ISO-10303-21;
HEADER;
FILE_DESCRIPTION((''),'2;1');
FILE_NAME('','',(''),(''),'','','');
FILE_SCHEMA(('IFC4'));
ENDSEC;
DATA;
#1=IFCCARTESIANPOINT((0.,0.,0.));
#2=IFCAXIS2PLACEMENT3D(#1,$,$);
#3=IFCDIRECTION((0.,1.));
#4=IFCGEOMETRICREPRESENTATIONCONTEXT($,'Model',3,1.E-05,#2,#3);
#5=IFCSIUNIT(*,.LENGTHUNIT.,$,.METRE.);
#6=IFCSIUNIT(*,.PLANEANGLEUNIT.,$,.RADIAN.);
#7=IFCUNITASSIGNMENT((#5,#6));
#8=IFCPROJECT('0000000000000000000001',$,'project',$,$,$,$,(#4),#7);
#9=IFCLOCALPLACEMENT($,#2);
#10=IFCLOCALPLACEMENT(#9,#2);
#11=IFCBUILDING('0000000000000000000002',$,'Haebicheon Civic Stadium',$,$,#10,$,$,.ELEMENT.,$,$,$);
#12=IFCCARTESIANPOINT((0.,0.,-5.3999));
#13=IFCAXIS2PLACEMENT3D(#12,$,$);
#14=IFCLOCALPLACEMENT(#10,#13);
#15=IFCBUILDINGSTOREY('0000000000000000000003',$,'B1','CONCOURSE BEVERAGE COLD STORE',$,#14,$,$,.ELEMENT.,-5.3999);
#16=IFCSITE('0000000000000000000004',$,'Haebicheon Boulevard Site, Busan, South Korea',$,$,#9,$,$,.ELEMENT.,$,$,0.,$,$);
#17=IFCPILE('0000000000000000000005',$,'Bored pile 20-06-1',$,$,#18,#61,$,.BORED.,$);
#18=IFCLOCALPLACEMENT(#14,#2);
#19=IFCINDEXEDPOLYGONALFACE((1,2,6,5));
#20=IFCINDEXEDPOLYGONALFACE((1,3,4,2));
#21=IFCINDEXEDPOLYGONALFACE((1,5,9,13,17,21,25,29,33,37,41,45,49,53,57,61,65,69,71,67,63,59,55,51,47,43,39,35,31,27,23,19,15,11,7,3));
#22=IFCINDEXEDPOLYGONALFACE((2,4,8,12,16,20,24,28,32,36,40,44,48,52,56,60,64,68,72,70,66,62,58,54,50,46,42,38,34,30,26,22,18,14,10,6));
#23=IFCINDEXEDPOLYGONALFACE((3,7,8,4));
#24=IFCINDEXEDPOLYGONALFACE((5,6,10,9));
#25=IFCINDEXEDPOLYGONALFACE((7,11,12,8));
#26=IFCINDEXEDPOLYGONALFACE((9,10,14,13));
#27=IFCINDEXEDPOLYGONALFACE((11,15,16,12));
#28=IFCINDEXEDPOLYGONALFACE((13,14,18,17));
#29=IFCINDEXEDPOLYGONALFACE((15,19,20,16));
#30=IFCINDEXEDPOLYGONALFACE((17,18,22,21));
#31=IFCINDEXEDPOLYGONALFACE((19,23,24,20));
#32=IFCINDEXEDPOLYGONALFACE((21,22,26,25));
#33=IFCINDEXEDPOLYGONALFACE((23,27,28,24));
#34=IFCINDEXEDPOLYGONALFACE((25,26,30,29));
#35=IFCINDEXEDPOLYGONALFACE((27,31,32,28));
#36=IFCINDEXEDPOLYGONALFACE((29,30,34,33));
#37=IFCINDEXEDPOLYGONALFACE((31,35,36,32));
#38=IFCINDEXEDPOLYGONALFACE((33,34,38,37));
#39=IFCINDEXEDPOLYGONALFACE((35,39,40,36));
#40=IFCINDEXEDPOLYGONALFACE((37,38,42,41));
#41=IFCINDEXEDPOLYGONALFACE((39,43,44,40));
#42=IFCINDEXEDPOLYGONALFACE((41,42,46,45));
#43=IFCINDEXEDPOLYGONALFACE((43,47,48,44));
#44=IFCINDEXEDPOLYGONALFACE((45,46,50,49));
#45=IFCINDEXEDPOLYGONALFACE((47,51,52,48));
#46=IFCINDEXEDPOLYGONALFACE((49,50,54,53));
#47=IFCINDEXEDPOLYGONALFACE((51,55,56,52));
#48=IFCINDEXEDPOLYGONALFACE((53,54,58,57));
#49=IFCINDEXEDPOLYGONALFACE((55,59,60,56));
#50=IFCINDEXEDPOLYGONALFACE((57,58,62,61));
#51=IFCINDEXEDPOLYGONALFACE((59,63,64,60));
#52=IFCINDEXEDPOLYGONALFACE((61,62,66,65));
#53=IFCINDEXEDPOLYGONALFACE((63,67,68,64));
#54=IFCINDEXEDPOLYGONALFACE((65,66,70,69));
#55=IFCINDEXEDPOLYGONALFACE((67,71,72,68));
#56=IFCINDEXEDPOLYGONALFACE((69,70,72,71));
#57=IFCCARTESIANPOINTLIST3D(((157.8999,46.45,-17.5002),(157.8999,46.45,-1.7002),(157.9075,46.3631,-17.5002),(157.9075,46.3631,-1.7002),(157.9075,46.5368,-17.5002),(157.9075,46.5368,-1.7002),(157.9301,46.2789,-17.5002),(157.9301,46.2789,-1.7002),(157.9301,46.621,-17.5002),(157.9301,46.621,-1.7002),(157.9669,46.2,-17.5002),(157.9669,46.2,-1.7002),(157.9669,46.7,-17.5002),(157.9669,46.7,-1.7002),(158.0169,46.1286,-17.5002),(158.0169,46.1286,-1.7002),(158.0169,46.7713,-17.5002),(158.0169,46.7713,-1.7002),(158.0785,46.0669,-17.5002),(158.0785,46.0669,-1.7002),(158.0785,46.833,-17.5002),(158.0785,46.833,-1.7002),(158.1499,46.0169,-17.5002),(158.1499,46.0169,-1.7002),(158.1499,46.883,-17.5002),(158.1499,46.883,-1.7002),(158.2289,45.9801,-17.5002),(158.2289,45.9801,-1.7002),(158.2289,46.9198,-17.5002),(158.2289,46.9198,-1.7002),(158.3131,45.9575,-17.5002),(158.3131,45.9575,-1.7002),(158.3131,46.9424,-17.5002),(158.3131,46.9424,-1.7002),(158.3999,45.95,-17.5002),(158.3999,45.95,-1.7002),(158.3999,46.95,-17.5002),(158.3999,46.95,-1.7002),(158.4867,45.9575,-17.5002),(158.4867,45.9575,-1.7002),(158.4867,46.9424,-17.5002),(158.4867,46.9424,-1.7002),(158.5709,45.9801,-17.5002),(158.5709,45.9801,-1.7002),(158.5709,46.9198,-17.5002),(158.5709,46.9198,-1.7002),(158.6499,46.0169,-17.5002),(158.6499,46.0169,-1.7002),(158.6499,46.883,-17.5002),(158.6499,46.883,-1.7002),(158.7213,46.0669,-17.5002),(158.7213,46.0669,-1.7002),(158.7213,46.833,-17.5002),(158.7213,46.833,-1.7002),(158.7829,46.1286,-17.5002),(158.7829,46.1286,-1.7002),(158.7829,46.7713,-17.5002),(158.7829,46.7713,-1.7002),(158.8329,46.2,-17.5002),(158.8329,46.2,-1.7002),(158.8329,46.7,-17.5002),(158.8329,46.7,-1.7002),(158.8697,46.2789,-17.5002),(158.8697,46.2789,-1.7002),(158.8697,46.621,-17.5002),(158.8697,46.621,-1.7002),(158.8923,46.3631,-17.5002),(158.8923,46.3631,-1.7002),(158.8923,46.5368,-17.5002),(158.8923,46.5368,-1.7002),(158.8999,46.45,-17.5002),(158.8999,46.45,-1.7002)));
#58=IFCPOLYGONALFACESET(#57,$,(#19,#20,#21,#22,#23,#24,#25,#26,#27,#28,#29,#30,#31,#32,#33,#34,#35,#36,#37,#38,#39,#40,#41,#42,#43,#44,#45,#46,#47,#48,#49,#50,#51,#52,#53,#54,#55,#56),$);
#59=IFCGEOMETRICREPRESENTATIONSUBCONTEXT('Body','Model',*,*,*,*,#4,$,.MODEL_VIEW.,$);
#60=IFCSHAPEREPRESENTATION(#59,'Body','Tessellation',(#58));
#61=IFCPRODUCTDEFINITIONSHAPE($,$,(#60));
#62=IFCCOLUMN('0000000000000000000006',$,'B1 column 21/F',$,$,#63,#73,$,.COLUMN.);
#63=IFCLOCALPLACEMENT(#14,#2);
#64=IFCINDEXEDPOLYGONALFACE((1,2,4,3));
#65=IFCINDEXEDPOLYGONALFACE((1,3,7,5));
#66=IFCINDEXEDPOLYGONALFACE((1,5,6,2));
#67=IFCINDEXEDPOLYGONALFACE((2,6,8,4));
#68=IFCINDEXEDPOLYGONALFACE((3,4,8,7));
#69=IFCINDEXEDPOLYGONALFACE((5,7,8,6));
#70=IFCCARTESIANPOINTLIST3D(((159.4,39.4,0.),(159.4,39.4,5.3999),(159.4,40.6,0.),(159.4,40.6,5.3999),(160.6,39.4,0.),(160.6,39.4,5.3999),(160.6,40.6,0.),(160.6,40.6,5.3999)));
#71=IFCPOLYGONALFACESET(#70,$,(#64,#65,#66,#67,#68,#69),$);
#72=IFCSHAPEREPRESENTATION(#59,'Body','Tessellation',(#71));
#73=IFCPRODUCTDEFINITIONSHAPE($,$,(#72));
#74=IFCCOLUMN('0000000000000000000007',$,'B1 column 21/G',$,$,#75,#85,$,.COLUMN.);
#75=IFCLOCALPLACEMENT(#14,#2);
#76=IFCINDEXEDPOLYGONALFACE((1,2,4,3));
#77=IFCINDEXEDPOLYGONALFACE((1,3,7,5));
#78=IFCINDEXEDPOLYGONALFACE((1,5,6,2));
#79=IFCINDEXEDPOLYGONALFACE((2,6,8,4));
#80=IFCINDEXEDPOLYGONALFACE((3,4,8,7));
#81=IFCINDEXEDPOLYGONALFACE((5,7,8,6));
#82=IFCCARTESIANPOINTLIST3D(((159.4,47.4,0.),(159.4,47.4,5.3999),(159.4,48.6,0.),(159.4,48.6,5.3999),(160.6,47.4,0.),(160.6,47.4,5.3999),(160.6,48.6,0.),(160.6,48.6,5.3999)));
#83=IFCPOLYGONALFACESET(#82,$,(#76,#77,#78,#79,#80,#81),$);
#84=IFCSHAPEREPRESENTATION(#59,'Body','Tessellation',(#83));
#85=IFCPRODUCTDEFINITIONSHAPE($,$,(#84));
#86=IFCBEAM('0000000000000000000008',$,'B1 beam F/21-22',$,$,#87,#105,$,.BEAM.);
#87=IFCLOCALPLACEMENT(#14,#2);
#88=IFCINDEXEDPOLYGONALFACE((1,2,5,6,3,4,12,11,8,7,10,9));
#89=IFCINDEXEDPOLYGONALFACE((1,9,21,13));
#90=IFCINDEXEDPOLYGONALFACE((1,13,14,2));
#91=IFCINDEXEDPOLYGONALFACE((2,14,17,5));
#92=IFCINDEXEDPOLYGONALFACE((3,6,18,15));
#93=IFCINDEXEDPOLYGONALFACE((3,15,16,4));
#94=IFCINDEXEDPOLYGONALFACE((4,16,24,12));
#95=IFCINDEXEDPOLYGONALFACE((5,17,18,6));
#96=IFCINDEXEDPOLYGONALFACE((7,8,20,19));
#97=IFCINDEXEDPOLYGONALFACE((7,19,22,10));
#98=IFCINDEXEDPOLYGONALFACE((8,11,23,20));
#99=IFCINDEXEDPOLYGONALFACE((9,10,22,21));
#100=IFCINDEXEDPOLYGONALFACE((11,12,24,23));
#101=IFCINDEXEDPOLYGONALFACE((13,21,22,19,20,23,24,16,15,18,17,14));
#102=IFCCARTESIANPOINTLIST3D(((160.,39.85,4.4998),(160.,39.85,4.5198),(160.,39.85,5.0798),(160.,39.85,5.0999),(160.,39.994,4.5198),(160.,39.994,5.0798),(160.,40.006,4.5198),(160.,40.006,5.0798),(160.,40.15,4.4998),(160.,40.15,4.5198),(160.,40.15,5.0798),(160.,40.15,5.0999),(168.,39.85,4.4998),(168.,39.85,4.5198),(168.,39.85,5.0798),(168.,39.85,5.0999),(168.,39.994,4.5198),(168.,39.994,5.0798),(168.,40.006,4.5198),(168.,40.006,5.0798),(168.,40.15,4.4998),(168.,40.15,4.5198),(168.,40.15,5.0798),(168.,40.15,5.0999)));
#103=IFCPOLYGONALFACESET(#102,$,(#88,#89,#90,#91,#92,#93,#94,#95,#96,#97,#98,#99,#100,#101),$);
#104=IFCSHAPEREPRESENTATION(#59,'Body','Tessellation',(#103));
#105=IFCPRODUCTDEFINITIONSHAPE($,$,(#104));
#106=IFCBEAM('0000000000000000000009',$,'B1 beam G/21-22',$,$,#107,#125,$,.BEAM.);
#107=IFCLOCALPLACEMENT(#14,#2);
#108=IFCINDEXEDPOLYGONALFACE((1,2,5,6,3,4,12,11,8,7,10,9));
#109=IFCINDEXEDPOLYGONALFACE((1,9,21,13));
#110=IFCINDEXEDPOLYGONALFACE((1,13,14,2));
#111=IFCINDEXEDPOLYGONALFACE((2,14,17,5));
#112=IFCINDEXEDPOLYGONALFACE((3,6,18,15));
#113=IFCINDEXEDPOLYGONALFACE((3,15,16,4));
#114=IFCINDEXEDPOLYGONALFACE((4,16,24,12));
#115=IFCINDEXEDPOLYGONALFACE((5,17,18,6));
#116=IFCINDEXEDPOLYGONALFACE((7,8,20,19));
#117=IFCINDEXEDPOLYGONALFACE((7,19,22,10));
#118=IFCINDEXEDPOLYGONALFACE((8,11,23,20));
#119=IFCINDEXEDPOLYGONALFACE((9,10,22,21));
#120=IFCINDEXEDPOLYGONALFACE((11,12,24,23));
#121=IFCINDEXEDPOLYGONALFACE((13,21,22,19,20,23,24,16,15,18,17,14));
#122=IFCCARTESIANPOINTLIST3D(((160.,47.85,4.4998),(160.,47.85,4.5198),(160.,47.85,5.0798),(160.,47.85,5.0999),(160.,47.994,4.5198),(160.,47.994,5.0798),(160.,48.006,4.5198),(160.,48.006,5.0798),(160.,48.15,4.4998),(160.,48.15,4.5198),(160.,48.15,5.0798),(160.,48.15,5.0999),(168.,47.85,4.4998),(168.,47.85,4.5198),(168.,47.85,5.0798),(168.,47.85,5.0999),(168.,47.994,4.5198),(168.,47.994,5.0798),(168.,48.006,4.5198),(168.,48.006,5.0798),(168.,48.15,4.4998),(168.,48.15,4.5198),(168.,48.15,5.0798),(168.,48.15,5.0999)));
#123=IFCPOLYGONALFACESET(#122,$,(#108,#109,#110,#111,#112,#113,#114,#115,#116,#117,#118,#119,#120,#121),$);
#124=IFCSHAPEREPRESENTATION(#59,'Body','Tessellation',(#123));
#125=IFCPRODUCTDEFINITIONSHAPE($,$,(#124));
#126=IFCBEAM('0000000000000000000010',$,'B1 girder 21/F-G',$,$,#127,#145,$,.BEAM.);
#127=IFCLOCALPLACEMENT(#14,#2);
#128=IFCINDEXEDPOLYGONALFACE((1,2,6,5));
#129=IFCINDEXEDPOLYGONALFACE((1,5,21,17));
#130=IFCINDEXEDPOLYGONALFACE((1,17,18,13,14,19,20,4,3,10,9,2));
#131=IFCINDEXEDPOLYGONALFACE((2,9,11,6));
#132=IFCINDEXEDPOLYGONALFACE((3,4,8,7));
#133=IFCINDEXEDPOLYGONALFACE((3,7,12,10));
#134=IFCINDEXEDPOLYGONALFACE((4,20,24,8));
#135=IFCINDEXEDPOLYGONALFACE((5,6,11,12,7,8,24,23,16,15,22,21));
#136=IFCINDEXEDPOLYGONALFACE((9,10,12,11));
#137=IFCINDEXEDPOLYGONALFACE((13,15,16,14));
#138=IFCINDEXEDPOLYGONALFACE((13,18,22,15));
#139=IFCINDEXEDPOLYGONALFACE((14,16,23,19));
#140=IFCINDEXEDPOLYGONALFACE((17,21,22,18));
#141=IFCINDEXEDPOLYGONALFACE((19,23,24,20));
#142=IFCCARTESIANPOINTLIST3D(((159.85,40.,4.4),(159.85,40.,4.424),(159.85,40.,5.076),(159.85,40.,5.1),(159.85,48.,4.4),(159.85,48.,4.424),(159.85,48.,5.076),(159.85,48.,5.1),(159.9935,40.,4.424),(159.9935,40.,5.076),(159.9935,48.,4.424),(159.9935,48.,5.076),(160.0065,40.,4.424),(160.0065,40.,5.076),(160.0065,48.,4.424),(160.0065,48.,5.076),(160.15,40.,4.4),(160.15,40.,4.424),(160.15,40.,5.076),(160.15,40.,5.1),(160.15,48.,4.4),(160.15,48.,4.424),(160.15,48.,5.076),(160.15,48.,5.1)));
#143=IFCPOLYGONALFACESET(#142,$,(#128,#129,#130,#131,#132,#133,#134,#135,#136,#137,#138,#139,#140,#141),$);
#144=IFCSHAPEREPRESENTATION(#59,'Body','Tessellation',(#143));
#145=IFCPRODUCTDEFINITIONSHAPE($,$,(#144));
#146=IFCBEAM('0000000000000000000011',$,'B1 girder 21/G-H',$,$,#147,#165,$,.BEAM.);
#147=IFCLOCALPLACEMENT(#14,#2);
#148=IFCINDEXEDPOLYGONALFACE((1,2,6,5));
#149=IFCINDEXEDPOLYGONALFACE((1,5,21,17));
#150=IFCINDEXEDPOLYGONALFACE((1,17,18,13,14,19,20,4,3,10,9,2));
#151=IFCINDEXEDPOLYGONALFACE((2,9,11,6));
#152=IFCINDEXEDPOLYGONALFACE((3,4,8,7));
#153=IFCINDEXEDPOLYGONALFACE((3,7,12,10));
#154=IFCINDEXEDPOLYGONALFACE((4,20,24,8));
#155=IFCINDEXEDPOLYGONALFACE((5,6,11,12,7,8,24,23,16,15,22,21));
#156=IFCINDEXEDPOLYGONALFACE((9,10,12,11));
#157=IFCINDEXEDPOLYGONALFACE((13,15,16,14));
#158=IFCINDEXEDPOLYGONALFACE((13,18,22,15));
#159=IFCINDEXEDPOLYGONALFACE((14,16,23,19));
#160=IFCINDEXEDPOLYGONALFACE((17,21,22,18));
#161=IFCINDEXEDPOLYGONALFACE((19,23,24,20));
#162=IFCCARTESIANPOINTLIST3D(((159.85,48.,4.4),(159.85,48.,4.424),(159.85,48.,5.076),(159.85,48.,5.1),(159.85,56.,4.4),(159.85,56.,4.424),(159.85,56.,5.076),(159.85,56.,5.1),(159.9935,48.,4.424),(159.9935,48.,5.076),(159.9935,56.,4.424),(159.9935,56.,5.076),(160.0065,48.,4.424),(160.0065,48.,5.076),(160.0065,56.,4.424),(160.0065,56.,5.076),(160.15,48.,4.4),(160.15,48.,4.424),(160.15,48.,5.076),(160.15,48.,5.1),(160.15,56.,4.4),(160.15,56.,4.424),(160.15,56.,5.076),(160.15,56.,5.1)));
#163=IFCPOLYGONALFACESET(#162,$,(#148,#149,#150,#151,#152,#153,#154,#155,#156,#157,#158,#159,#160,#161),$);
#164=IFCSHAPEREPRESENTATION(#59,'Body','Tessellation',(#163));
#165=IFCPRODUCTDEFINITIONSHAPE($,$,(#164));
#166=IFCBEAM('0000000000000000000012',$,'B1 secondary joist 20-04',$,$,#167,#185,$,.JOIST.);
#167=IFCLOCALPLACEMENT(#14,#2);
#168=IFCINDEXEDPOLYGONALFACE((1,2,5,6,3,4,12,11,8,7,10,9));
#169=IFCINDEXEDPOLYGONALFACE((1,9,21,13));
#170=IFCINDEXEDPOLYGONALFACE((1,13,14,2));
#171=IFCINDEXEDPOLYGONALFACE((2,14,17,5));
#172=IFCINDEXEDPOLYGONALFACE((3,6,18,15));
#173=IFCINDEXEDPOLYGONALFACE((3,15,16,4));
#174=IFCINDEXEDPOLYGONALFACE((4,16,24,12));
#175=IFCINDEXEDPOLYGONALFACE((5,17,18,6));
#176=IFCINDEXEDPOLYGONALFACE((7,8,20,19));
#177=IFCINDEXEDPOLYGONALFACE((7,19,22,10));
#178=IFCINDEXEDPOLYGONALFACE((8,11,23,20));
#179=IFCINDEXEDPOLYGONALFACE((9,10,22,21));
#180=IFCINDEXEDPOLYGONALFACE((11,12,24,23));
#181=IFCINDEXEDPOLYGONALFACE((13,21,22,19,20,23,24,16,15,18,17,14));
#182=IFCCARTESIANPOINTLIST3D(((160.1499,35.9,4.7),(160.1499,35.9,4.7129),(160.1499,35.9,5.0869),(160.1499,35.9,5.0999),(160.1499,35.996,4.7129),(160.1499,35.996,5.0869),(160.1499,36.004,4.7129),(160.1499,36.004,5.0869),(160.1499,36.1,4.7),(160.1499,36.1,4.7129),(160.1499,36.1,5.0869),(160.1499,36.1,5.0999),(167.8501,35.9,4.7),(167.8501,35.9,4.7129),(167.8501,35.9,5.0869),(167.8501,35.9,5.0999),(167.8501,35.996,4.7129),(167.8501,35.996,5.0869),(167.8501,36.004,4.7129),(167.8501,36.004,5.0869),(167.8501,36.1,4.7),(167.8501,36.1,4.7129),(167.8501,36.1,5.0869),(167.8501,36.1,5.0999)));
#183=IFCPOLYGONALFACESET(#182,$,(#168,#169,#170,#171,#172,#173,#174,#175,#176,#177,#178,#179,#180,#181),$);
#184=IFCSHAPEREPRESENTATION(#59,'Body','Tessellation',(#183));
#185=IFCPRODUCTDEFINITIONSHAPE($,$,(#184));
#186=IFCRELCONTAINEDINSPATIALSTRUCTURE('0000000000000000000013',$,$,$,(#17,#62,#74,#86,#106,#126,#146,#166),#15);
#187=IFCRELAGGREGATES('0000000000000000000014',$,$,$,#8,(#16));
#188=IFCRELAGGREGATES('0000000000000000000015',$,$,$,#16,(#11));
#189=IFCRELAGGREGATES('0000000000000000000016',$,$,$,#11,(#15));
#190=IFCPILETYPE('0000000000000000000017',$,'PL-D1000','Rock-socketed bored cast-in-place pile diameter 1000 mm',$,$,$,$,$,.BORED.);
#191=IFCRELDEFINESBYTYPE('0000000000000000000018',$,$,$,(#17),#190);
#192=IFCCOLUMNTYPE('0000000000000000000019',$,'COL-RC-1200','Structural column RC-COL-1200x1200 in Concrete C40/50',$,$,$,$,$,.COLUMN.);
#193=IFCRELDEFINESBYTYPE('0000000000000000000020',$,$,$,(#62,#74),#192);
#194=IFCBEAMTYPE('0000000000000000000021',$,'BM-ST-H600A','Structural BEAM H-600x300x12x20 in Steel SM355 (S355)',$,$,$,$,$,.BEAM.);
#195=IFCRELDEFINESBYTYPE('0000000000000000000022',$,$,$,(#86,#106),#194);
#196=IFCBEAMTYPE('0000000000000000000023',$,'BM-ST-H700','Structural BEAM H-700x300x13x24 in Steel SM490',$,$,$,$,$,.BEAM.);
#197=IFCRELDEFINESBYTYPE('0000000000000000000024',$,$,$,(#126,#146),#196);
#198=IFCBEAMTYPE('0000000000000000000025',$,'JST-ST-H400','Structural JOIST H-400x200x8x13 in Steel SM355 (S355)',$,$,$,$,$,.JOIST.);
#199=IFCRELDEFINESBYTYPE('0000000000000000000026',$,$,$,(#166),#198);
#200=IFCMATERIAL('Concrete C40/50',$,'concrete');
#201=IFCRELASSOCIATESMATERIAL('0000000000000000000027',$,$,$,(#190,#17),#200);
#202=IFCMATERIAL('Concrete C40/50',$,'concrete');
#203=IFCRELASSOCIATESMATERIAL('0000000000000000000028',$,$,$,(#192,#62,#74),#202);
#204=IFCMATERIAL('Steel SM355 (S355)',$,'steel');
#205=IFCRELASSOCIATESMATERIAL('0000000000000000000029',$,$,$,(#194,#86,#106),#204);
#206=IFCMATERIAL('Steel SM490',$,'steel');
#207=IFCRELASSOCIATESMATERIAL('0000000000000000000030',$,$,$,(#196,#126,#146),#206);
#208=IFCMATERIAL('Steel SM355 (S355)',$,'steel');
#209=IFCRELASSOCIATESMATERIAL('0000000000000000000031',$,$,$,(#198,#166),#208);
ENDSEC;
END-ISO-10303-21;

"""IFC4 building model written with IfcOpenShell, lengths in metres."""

from ifc_helpers import new_model, si_unit, direction, frame, origin, origin_2d, place, context, subcontext, project, spatial, rectangle, circle, i_section, extrude, material, material_profile, profile_set, type_object, element, save


model = new_model("IFC4")

# Units and contexts
model_context = context("Model", 3, precision=1e-05, world=origin(), true_north=direction((0.0, 1.0)))
body_context = subcontext(model_context, "Body", "Model", "MODEL_VIEW")
ifc_project = project(units=[si_unit("LENGTHUNIT", "METRE"), si_unit("PLANEANGLEUNIT", "RADIAN")], contexts=[model_context])

# Site, building, storey
site_placement = place(None, origin())
site = spatial("IfcSite", under=ifc_project, at=site_placement, Name="Haebicheon Boulevard Site, Busan, South Korea", CompositionType="ELEMENT", RefElevation=0.0)
building_placement = place(site_placement, origin())
building = spatial("IfcBuilding", under=site, at=building_placement, Name="Haebicheon Civic Stadium", CompositionType="ELEMENT")
storey_placement = place(building_placement, frame((0.0, 0.0, -5.3999)))
storey = spatial("IfcBuildingStorey", under=building, at=storey_placement, Name="B1", Description="CONCOURSE BEVERAGE COLD STORE", CompositionType="ELEMENT", Elevation=-5.3999)

# Pile
ifc_material_1 = material(Name="Concrete C40/50", Category="concrete")
ifc_material_profile_1 = material_profile(ifc_material_1, circle(Radius=0.5, at=origin_2d()), Name="PILE-D1000")
ifc_profile_set_1 = profile_set([ifc_material_profile_1], Name="Concrete C40/50")
pile_type = type_object("IfcPileType", Name="PL-D1000", Description="Rock-socketed bored cast-in-place pile diameter 1000 mm", PredefinedType="BORED", material=ifc_profile_set_1)
pile_placement = place(storey_placement, frame((158.3999, 46.45, -1.7002), z_axis=(0.0, 0.0, -1.0), x_axis=(1.0, 0.0, 0.0)))
element("IfcPile", 1, at=pile_placement, inside=storey, type_object=pile_type, material=ifc_profile_set_1, Name="Bored pile 20-06-1", PredefinedType="BORED", context=body_context, shape_type="SweptSolid", body=[
    extrude(circle(Radius=0.5, at=origin_2d()), origin(), (0.0, 0.0, 1.0), 15.8),
])

# Columns
ifc_material_2 = material(Name="Concrete C40/50", Category="concrete")
ifc_material_profile_2 = material_profile(ifc_material_2, rectangle(XDim=1.2, YDim=1.2, at=origin_2d()), Name="RC-COL-1200x1200")
ifc_profile_set_2 = profile_set([ifc_material_profile_2], Name="Concrete C40/50")
column_type = type_object("IfcColumnType", Name="COL-RC-1200", Description="Structural column RC-COL-1200x1200 in Concrete C40/50", PredefinedType="COLUMN", material=ifc_profile_set_2)
for number, where, z_axis, x_axis, name in (
    (2, (160.0, 40.0, 0.0), (0.0, 0.0, 1.0), (1.0, 0.0, 0.0), "B1 column 21/F"),
    (3, (160.0, 48.0, 0.0), (0.0, 0.0, 1.0), (1.0, 0.0, 0.0), "B1 column 21/G"),
):
    element("IfcColumn", number, at=place(storey_placement, frame(where, z_axis=z_axis, x_axis=x_axis)), inside=storey, type_object=column_type, material=ifc_profile_set_2, Name=name, PredefinedType="COLUMN", context=body_context, shape_type="SweptSolid", body=[
        extrude(rectangle(XDim=1.2, YDim=1.2, at=origin_2d()), origin(), (0.0, 0.0, 1.0), 5.3999),
    ])

# Beams
ifc_material_3 = material(Name="Steel SM355 (S355)", Category="steel")
ifc_material_profile_3 = material_profile(ifc_material_3, i_section(OverallWidth=0.3, OverallDepth=0.6001, WebThickness=0.012, FlangeThickness=0.02, at=origin_2d()), Name="H-600x300x12x20")
ifc_profile_set_3 = profile_set([ifc_material_profile_3], Name="Steel SM355 (S355)")
beam_type_1 = type_object("IfcBeamType", Name="BM-ST-H600A", Description="Structural BEAM H-600x300x12x20 in Steel SM355 (S355)", PredefinedType="BEAM", material=ifc_profile_set_3)
for number, where, z_axis, x_axis, name in (
    (4, (160.0, 40.0, 4.7998), (1.0, 0.0, 0.0), (0.0, 1.0, 0.0), "B1 beam F/21-22"),
    (5, (160.0, 48.0, 4.7998), (1.0, 0.0, 0.0), (0.0, 1.0, 0.0), "B1 beam G/21-22"),
):
    element("IfcBeam", number, at=place(storey_placement, frame(where, z_axis=z_axis, x_axis=x_axis)), inside=storey, type_object=beam_type_1, material=ifc_profile_set_3, Name=name, PredefinedType="BEAM", context=body_context, shape_type="SweptSolid", body=[
        extrude(i_section(OverallWidth=0.3, OverallDepth=0.6001, WebThickness=0.012, FlangeThickness=0.02, at=origin_2d()), origin(), (0.0, 0.0, 1.0), 8.0),
    ])
ifc_material_4 = material(Name="Steel SM490", Category="steel")
ifc_material_profile_4 = material_profile(ifc_material_4, i_section(OverallWidth=0.3, OverallDepth=0.7, WebThickness=0.0129, FlangeThickness=0.0239, at=origin_2d()), Name="H-700x300x13x24")
ifc_profile_set_4 = profile_set([ifc_material_profile_4], Name="Steel SM490")
beam_type_2 = type_object("IfcBeamType", Name="BM-ST-H700", Description="Structural BEAM H-700x300x13x24 in Steel SM490", PredefinedType="BEAM", material=ifc_profile_set_4)
for number, where, z_axis, x_axis, name in (
    (6, (160.0, 40.0, 4.75), (0.0, 1.0, 0.0), (-1.0, 0.0, 0.0), "B1 girder 21/F-G"),
    (7, (160.0, 48.0, 4.75), (0.0, 1.0, 0.0), (-1.0, 0.0, 0.0), "B1 girder 21/G-H"),
):
    element("IfcBeam", number, at=place(storey_placement, frame(where, z_axis=z_axis, x_axis=x_axis)), inside=storey, type_object=beam_type_2, material=ifc_profile_set_4, Name=name, PredefinedType="BEAM", context=body_context, shape_type="SweptSolid", body=[
        extrude(i_section(OverallWidth=0.3, OverallDepth=0.7, WebThickness=0.0129, FlangeThickness=0.0239, at=origin_2d()), origin(), (0.0, 0.0, 1.0), 8.0),
    ])
ifc_material_5 = material(Name="Steel SM355 (S355)", Category="steel")
ifc_material_profile_5 = material_profile(ifc_material_5, i_section(OverallWidth=0.2, OverallDepth=0.3999, WebThickness=0.0081, FlangeThickness=0.0129, at=origin_2d()), Name="H-400x200x8x13")
ifc_profile_set_5 = profile_set([ifc_material_profile_5], Name="Steel SM355 (S355)")
beam_type_3 = type_object("IfcBeamType", Name="JST-ST-H400", Description="Structural JOIST H-400x200x8x13 in Steel SM355 (S355)", PredefinedType="JOIST", material=ifc_profile_set_5)
for number, where, z_axis, x_axis, name in (
    (8, (160.1499, 36.0, 4.8999), (1.0, 0.0, 0.0), (0.0, 1.0, 0.0), "B1 secondary joist 20-04"),
):
    element("IfcBeam", number, at=place(storey_placement, frame(where, z_axis=z_axis, x_axis=x_axis)), inside=storey, type_object=beam_type_3, material=ifc_profile_set_5, Name=name, PredefinedType="JOIST", context=body_context, shape_type="SweptSolid", body=[
        extrude(i_section(OverallWidth=0.2, OverallDepth=0.3999, WebThickness=0.0081, FlangeThickness=0.0129, at=origin_2d()), origin(), (0.0, 0.0, 1.0), 7.7002),
    ])

save(model, "model.ifc")
